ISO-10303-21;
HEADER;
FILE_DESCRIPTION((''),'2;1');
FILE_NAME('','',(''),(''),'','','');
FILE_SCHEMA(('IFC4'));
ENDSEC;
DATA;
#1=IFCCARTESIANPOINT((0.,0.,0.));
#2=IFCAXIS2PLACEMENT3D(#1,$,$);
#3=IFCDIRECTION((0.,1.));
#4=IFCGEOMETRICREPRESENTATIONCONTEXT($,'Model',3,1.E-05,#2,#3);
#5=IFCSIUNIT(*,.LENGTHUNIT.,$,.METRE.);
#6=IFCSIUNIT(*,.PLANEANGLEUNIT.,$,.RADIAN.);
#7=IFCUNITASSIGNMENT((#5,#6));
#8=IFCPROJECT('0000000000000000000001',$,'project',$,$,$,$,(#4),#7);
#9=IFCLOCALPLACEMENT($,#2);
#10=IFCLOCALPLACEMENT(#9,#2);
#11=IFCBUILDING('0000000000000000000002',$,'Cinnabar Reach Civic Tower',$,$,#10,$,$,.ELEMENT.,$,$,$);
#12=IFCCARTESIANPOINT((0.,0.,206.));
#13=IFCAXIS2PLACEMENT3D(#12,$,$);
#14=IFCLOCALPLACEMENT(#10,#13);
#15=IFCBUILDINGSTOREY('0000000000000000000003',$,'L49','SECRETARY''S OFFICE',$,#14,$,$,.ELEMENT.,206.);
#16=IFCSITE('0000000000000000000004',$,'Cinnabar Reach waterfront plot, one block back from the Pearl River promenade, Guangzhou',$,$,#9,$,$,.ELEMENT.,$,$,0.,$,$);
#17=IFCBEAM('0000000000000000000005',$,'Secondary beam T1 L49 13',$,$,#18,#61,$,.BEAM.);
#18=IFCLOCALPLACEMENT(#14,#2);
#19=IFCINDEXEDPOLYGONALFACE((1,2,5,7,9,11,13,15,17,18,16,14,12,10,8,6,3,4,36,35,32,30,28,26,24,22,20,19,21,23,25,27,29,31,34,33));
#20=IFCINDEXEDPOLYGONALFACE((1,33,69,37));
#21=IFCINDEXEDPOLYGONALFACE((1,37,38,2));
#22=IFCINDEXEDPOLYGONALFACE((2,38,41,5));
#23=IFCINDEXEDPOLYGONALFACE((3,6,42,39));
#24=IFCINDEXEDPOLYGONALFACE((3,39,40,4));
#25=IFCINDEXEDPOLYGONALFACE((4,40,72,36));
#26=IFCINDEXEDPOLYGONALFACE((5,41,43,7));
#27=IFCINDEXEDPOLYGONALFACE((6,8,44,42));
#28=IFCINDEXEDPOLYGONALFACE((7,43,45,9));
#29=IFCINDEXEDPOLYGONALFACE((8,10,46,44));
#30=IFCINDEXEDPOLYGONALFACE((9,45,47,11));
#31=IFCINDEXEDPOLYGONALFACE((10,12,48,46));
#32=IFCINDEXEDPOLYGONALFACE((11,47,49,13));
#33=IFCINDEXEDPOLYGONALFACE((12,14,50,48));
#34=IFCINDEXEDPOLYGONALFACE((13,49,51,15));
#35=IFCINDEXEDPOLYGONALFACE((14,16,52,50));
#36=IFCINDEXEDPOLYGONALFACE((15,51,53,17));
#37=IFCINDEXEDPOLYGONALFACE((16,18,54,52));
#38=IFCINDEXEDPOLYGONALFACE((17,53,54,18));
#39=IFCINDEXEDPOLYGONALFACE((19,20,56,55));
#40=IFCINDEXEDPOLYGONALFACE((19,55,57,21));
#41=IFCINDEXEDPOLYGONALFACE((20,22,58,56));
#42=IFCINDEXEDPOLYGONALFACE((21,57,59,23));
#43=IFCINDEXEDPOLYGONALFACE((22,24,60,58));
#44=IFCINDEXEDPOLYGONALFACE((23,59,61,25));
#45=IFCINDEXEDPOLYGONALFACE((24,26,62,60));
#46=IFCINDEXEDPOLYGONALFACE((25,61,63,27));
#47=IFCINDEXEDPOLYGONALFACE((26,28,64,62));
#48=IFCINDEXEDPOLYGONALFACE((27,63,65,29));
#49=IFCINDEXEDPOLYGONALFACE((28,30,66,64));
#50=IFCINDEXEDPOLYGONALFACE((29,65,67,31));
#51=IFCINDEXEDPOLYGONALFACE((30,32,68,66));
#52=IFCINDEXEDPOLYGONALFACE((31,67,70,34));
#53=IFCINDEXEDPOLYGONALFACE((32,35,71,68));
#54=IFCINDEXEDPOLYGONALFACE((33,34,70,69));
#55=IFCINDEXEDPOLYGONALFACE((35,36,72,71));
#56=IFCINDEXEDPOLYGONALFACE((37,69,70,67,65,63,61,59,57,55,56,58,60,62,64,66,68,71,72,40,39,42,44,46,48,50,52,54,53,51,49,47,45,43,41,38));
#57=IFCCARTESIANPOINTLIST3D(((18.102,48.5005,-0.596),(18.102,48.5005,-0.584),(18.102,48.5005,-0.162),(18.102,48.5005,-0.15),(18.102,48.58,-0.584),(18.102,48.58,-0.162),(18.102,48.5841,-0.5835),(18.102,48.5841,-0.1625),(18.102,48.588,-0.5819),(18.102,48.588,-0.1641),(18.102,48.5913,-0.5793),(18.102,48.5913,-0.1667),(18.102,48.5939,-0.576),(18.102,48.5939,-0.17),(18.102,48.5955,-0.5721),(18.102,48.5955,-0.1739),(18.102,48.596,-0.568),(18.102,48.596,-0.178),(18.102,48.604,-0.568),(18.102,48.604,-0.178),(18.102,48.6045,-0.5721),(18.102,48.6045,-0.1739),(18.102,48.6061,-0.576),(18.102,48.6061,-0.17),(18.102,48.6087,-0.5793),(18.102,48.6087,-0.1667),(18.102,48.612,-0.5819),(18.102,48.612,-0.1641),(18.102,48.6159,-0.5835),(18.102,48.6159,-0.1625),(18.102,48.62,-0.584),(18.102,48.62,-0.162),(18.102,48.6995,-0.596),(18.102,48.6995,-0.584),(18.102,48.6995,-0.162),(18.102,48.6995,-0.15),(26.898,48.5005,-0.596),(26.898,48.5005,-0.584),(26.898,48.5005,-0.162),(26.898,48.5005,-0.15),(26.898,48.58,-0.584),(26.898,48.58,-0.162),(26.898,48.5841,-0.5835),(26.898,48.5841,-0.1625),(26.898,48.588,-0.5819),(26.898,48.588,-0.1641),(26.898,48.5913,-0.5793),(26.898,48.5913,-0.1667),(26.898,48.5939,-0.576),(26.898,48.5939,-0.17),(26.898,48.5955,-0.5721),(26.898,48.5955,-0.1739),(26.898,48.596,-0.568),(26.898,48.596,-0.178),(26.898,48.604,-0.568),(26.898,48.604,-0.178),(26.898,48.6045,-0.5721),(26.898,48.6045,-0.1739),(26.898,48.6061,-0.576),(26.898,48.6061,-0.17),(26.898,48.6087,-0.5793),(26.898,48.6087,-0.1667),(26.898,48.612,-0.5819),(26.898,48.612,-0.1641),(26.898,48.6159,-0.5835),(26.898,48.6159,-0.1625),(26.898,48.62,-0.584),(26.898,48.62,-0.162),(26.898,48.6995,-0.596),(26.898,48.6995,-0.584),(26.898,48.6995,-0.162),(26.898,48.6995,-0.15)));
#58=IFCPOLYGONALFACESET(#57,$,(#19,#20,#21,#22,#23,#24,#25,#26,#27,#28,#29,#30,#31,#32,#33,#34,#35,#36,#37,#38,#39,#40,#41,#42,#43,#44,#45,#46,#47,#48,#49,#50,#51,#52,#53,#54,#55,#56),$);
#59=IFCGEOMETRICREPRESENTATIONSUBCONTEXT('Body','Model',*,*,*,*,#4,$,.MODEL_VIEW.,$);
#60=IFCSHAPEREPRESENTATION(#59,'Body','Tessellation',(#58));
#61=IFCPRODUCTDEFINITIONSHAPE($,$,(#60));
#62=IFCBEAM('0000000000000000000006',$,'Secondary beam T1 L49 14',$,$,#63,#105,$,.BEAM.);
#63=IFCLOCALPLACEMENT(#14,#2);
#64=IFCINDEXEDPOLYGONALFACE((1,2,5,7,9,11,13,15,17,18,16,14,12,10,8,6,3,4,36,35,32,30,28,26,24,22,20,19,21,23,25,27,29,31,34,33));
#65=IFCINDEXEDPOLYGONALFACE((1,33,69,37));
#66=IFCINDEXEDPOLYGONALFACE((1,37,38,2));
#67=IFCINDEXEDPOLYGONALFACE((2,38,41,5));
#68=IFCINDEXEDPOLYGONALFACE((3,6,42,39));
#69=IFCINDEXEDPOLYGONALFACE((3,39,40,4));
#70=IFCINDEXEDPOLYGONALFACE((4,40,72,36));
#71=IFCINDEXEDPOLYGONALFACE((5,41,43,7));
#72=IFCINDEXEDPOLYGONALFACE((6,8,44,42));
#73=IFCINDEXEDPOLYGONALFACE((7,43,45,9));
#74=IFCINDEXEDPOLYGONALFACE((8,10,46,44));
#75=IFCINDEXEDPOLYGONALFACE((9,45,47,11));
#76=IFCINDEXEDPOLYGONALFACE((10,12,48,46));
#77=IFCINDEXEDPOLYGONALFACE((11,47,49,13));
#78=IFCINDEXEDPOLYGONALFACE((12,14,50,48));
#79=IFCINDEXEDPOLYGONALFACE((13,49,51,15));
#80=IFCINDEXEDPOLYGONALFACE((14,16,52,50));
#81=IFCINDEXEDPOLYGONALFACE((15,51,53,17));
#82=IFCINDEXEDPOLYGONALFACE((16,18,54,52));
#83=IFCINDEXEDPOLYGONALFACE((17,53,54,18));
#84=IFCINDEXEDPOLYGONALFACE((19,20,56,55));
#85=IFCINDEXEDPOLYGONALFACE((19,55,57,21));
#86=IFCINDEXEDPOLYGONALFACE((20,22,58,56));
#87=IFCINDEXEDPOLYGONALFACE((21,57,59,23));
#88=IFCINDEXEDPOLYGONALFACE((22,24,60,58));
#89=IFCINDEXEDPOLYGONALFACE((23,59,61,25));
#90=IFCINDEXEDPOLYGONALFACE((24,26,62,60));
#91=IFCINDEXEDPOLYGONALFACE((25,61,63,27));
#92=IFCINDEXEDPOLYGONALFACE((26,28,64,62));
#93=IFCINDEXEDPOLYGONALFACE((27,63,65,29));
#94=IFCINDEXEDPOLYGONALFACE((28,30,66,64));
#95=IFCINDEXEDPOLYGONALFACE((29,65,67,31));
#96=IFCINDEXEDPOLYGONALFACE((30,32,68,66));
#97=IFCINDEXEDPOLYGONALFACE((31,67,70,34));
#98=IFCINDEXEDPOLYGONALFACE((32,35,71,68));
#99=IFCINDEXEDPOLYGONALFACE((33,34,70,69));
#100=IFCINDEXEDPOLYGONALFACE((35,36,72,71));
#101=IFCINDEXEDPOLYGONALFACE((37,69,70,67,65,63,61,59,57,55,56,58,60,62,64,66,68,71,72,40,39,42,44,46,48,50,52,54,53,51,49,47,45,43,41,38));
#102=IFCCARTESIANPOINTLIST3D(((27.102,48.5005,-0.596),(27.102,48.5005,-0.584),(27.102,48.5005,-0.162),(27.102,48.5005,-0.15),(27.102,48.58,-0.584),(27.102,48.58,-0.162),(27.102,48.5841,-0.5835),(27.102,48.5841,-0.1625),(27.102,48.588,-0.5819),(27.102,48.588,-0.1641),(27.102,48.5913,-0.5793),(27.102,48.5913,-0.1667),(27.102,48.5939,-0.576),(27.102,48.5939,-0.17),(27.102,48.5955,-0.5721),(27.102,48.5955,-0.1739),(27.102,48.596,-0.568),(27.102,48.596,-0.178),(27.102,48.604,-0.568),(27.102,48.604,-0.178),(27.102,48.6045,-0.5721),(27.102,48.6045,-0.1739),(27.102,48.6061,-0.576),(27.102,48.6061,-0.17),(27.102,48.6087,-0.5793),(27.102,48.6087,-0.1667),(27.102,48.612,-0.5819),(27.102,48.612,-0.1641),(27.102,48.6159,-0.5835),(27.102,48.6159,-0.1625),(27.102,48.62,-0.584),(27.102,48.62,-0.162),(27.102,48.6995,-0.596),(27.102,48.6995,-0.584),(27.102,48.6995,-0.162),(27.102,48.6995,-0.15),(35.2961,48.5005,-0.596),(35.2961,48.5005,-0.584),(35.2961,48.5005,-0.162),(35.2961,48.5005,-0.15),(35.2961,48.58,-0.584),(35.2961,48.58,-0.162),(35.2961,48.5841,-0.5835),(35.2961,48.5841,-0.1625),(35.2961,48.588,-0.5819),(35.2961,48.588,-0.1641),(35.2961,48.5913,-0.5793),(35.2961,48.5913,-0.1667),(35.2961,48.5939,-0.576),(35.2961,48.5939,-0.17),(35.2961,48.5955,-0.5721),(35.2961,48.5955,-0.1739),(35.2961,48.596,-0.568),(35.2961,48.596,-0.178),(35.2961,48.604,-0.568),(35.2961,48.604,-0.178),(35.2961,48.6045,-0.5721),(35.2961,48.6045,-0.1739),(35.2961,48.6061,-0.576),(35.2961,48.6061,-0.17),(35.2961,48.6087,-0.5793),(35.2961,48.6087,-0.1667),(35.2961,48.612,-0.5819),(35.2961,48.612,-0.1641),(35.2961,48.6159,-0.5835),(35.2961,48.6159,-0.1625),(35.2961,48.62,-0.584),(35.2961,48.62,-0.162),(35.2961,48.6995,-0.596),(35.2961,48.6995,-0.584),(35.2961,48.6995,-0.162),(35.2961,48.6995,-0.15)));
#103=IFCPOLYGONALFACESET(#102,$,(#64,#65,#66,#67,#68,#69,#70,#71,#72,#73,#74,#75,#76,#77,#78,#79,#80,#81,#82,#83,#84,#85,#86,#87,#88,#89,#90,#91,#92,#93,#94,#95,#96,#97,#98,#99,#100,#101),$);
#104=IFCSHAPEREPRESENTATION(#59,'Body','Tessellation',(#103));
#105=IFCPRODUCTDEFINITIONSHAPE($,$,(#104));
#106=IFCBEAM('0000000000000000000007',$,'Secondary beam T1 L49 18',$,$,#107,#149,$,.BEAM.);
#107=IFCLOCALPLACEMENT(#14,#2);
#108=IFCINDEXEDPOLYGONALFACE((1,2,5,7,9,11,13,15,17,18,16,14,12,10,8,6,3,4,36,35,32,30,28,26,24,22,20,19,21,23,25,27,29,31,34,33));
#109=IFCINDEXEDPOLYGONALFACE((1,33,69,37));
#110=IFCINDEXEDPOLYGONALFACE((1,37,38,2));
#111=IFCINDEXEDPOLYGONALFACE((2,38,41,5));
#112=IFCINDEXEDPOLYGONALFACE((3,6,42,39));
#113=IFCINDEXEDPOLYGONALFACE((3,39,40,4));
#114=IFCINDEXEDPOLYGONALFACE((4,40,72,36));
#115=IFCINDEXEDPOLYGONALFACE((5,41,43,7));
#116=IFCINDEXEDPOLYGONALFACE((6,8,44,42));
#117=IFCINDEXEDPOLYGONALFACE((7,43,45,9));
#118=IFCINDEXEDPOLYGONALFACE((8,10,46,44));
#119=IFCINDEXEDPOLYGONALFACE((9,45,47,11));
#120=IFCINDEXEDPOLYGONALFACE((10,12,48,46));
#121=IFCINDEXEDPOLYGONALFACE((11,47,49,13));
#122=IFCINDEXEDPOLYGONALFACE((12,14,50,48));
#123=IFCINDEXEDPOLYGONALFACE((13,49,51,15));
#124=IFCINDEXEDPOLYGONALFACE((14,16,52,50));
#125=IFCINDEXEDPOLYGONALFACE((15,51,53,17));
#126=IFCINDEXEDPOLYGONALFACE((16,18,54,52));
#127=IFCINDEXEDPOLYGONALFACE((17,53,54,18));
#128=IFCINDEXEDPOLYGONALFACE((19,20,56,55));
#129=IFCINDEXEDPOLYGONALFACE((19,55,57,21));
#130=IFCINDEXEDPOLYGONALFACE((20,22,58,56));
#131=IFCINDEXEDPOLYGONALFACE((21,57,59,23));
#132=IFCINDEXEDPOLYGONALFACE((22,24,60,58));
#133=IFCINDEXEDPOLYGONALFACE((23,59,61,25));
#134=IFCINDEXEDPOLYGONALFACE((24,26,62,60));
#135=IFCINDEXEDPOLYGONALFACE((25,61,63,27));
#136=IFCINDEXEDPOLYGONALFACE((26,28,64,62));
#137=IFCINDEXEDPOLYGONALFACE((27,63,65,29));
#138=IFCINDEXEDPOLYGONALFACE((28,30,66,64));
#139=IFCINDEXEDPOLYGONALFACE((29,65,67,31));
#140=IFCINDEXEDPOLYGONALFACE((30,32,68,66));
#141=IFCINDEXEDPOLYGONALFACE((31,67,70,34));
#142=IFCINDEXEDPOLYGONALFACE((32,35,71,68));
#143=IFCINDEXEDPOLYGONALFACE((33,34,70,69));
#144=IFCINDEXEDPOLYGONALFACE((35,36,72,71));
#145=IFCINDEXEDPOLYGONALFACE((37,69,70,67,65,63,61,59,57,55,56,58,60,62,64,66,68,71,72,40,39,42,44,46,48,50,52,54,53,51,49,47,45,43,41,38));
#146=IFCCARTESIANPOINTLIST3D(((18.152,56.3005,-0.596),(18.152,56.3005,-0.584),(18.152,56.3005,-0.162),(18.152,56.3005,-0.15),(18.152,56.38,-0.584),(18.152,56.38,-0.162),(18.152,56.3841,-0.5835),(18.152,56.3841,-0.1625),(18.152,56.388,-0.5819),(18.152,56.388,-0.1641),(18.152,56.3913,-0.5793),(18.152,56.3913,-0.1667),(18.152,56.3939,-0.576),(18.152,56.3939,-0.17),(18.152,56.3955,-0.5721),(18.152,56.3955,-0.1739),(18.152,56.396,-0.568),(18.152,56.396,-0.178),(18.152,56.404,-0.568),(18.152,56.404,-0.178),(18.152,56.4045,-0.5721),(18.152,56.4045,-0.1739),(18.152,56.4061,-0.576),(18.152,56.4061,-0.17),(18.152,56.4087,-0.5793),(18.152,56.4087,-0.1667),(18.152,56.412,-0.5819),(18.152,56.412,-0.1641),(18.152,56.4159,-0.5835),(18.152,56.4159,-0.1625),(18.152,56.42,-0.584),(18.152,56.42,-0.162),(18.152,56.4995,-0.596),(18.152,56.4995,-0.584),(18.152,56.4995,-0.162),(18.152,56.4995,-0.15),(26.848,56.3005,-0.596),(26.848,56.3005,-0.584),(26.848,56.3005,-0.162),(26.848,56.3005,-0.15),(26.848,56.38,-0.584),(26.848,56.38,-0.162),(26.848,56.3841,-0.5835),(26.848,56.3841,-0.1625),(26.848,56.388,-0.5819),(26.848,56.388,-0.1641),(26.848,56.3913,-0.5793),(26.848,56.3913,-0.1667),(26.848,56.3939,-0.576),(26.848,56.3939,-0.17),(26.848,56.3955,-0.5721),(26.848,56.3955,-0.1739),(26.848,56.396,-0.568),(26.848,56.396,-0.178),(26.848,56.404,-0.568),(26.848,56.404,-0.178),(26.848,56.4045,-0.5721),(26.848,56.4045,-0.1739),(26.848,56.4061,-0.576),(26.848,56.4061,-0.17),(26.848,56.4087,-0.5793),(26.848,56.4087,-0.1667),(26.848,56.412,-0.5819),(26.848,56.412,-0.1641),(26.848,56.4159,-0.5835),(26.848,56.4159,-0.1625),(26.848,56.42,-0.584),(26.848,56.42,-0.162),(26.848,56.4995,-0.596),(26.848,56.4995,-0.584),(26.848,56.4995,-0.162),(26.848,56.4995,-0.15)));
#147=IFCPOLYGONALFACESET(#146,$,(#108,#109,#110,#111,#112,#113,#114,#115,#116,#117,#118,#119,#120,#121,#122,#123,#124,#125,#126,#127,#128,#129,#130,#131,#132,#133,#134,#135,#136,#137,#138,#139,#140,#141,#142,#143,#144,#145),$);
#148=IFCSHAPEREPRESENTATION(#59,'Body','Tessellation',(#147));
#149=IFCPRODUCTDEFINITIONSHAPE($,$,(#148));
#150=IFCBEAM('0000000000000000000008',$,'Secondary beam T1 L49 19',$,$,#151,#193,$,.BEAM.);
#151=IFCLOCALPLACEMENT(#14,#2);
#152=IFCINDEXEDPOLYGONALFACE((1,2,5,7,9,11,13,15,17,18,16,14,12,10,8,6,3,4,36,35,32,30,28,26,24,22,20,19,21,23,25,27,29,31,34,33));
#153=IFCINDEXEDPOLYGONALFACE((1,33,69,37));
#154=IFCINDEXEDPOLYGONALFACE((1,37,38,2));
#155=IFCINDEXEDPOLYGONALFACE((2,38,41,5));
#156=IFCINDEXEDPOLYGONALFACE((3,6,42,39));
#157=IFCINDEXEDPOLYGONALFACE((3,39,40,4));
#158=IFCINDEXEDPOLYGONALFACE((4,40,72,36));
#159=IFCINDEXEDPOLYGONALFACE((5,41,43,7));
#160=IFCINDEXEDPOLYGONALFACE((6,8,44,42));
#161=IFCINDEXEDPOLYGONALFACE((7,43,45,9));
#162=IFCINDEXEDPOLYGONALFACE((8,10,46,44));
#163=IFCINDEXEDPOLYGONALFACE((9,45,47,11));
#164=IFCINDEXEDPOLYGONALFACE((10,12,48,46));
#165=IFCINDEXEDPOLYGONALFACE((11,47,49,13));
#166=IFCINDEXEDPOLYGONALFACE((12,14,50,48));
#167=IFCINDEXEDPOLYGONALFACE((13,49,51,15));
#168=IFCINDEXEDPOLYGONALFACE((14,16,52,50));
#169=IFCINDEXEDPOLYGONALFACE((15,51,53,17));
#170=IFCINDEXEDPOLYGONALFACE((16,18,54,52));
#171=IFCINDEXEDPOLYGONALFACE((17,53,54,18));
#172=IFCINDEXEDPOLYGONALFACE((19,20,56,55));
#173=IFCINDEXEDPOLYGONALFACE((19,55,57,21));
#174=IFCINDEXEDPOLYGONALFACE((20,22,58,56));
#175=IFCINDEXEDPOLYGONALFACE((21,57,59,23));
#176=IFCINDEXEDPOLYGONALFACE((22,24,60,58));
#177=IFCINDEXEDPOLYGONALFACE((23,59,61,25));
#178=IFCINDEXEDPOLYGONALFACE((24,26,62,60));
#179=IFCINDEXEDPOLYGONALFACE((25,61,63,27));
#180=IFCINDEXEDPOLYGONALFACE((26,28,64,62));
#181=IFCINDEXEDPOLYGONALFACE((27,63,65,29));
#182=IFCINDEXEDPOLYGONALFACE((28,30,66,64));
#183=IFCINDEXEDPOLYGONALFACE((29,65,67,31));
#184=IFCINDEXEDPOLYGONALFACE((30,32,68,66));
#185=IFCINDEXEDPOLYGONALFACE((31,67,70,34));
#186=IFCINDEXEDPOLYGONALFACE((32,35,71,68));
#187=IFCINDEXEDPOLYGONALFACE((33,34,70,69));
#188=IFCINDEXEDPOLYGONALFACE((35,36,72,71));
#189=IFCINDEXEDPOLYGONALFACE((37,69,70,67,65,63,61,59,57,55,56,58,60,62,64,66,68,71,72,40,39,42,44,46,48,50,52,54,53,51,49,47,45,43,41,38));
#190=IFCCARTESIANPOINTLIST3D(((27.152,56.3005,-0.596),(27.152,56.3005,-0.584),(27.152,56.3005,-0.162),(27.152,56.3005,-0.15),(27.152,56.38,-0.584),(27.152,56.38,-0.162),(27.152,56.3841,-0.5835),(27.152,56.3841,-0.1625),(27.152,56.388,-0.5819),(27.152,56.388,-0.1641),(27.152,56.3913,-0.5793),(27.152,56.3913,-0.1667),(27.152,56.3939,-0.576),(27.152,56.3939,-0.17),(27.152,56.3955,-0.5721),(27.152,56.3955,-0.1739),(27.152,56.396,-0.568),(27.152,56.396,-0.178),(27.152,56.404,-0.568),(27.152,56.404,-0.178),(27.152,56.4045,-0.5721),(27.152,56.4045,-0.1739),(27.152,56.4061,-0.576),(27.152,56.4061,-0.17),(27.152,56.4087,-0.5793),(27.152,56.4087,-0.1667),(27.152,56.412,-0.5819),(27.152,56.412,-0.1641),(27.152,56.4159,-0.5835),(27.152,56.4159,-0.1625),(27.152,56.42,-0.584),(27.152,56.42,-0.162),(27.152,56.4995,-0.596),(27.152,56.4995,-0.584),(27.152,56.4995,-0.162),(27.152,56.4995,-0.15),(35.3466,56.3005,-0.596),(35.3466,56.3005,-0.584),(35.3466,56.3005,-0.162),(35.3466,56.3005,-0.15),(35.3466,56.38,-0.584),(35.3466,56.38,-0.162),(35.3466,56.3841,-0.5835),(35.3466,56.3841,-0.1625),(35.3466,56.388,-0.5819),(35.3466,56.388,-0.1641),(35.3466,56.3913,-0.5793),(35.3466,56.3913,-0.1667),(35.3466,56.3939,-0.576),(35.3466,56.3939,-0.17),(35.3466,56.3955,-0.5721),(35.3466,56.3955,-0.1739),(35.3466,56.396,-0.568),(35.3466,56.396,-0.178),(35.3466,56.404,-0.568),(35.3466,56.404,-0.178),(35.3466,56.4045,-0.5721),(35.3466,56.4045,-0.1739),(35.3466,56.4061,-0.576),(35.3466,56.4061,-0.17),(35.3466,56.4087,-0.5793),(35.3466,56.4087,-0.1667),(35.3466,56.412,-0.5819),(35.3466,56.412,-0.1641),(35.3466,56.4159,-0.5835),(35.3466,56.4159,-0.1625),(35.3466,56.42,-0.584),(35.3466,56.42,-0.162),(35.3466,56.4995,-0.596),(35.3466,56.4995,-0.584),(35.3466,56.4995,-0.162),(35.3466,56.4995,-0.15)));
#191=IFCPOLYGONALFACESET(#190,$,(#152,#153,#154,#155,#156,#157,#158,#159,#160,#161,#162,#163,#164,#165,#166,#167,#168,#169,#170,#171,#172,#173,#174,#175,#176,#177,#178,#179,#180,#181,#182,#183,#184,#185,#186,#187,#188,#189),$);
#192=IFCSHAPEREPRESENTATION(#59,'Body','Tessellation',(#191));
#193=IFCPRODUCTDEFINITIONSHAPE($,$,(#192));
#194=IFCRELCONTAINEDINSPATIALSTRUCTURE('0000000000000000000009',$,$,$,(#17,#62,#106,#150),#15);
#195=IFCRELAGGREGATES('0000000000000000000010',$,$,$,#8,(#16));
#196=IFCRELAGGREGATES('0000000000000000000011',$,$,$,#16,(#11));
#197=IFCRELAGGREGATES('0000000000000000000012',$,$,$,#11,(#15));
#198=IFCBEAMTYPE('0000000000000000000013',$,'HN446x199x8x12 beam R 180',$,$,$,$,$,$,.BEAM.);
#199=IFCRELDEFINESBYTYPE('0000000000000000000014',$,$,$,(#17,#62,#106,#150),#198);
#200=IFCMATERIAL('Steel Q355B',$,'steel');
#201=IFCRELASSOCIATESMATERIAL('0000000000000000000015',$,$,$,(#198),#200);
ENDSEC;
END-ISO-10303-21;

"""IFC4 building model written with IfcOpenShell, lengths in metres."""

from ifc_helpers import new_model, si_unit, direction, frame, origin, origin_2d, place, context, subcontext, project, spatial, i_section, extrude, material, material_profile, profile_set, type_object, element, save


model = new_model("IFC4")

# Units and contexts
model_context = context("Model", 3, precision=1e-05, world=origin(), true_north=direction((0.0, 1.0)))
body_context = subcontext(model_context, "Body", "Model", "MODEL_VIEW")
ifc_project = project(units=[si_unit("LENGTHUNIT", "METRE"), si_unit("PLANEANGLEUNIT", "RADIAN")], contexts=[model_context])

# Site, building, storey
site_placement = place(None, origin())
site = spatial("IfcSite", under=ifc_project, at=site_placement, Name="Cinnabar Reach waterfront plot, one block back from the Pearl River promenade, Guangzhou", CompositionType="ELEMENT", RefElevation=0.0)
building_placement = place(site_placement, origin())
building = spatial("IfcBuilding", under=site, at=building_placement, Name="Cinnabar Reach Civic Tower", CompositionType="ELEMENT")
storey_placement = place(building_placement, frame((0.0, 0.0, 206.0)))
storey = spatial("IfcBuildingStorey", under=building, at=storey_placement, Name="L49", Description="SECRETARY'S OFFICE", CompositionType="ELEMENT", Elevation=206.0)

# Beams
ifc_material_1 = material(Name="Steel Q355B", Category="steel")
ifc_material_profile_1 = material_profile(ifc_material_1, i_section(OverallWidth=0.199, OverallDepth=0.446, WebThickness=0.008, FlangeThickness=0.012, FilletRadius=0.016, at=origin_2d()), Name="HN446x199x8x12")
ifc_profile_set_1 = profile_set([ifc_material_profile_1], Name="Steel Q355B")
beam_type_1 = type_object("IfcBeamType", Name="HN446x199x8x12 beam R 180", PredefinedType="BEAM", material=ifc_profile_set_1)
beam_1_placement = place(storey_placement, frame((18.102, 48.6, -0.373), z_axis=(1.0, 0.0, 0.0), x_axis=(0.0, 1.0, 0.0)))
element("IfcBeam", 1, at=beam_1_placement, inside=storey, type_object=beam_type_1, Name="Secondary beam T1 L49 13", PredefinedType="BEAM", context=body_context, shape_type="SweptSolid", body=[
    extrude(i_section(OverallWidth=0.199, OverallDepth=0.446, WebThickness=0.008, FlangeThickness=0.012, FilletRadius=0.016, at=origin_2d()), origin(), (0.0, 0.0, 1.0), 8.796),
])
beam_2_placement = place(storey_placement, frame((27.102, 48.6, -0.373), z_axis=(1.0, 0.0, 0.0), x_axis=(0.0, 1.0, 0.0)))
element("IfcBeam", 2, at=beam_2_placement, inside=storey, type_object=beam_type_1, Name="Secondary beam T1 L49 14", PredefinedType="BEAM", context=body_context, shape_type="SweptSolid", body=[
    extrude(i_section(OverallWidth=0.199, OverallDepth=0.446, WebThickness=0.008, FlangeThickness=0.012, FilletRadius=0.016, at=origin_2d()), origin(), (0.0, 0.0, 1.0), 8.1941),
])
beam_3_placement = place(storey_placement, frame((18.152, 56.4, -0.373), z_axis=(1.0, 0.0, 0.0), x_axis=(0.0, 1.0, 0.0)))
element("IfcBeam", 3, at=beam_3_placement, inside=storey, type_object=beam_type_1, Name="Secondary beam T1 L49 18", PredefinedType="BEAM", context=body_context, shape_type="SweptSolid", body=[
    extrude(i_section(OverallWidth=0.199, OverallDepth=0.446, WebThickness=0.008, FlangeThickness=0.012, FilletRadius=0.016, at=origin_2d()), origin(), (0.0, 0.0, 1.0), 8.696),
])
beam_4_placement = place(storey_placement, frame((27.152, 56.4, -0.373), z_axis=(1.0, 0.0, 0.0), x_axis=(0.0, 1.0, 0.0)))
element("IfcBeam", 4, at=beam_4_placement, inside=storey, type_object=beam_type_1, Name="Secondary beam T1 L49 19", PredefinedType="BEAM", context=body_context, shape_type="SweptSolid", body=[
    extrude(i_section(OverallWidth=0.199, OverallDepth=0.446, WebThickness=0.008, FlangeThickness=0.012, FilletRadius=0.016, at=origin_2d()), origin(), (0.0, 0.0, 1.0), 8.1946),
])

save(model, "model.ifc")
